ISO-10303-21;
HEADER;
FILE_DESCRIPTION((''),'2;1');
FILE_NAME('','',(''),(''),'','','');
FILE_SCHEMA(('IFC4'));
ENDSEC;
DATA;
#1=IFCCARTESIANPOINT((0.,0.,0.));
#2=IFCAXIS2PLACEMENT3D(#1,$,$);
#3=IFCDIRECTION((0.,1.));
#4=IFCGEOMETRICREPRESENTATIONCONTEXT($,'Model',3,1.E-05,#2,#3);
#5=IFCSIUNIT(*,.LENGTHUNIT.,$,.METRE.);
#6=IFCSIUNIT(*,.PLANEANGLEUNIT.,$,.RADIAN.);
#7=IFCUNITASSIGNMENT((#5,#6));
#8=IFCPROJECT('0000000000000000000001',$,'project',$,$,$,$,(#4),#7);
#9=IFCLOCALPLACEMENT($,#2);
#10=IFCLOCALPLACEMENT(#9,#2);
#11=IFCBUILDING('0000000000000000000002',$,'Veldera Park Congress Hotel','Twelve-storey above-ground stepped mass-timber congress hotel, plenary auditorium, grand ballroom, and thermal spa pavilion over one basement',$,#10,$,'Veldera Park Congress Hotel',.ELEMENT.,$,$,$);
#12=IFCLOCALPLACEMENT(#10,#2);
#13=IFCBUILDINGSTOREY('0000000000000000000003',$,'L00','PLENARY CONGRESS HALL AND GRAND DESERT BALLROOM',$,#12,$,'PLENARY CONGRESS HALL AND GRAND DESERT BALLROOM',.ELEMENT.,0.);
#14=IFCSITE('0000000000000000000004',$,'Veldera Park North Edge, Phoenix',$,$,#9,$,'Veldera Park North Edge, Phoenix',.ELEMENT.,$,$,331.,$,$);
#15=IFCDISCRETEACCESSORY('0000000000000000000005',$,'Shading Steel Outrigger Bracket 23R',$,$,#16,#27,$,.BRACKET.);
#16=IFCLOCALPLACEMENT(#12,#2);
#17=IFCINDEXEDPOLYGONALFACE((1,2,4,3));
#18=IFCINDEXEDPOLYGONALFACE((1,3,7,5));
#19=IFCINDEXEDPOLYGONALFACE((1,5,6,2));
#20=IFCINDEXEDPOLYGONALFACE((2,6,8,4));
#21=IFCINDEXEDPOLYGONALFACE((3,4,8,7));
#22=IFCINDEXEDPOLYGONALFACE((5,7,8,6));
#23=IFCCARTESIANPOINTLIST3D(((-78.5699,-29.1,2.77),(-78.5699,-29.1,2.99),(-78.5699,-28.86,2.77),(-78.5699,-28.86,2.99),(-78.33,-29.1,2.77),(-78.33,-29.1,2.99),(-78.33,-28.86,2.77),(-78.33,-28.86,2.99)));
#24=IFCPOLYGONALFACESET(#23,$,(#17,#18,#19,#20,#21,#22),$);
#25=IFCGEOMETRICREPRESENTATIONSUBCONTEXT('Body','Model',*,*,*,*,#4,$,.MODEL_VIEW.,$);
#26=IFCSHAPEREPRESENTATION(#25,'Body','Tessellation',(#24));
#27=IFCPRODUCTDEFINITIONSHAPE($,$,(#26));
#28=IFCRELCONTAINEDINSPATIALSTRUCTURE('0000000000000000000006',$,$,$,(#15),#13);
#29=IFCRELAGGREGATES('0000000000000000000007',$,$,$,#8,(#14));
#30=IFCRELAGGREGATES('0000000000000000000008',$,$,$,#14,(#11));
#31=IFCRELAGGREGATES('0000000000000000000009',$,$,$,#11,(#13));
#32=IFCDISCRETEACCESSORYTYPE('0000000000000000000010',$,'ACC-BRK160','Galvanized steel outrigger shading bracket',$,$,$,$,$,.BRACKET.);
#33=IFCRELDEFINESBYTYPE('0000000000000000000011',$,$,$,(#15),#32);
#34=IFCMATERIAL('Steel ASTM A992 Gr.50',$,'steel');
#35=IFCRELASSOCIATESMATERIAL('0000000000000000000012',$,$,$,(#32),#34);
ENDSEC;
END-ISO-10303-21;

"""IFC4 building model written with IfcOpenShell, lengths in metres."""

from ifc_helpers import new_model, si_unit, direction, frame, origin, origin_2d, place, context, subcontext, project, spatial, rectangle, extrude, material, type_object, element, save


model = new_model("IFC4")

# Units and contexts
model_context = context("Model", 3, precision=1e-05, world=origin(), true_north=direction((0.0, 1.0)))
body_context = subcontext(model_context, "Body", "Model", "MODEL_VIEW")
ifc_project = project(units=[si_unit("LENGTHUNIT", "METRE"), si_unit("PLANEANGLEUNIT", "RADIAN")], contexts=[model_context])

# Site, building, storey
site_placement = place(None, origin())
site = spatial("IfcSite", under=ifc_project, at=site_placement, Name="Veldera Park North Edge, Phoenix", LongName="Veldera Park North Edge, Phoenix", CompositionType="ELEMENT", RefElevation=331.0)
building_placement = place(site_placement, origin())
building = spatial("IfcBuilding", under=site, at=building_placement, Name="Veldera Park Congress Hotel", Description="Twelve-storey above-ground stepped mass-timber congress hotel, plenary auditorium, grand ballroom, and thermal spa pavilion over one basement", LongName="Veldera Park Congress Hotel", CompositionType="ELEMENT")
storey_placement = place(building_placement, origin())
storey = spatial("IfcBuildingStorey", under=building, at=storey_placement, Name="L00", Description="PLENARY CONGRESS HALL AND GRAND DESERT BALLROOM", LongName="PLENARY CONGRESS HALL AND GRAND DESERT BALLROOM", CompositionType="ELEMENT", Elevation=0.0)

# Shared definitions
ifc_material_1 = material(Name="Steel ASTM A992 Gr.50", Category="steel")

# Discrete accessory
discrete_accessory_type = type_object("IfcDiscreteAccessoryType", Name="ACC-BRK160", Description="Galvanized steel outrigger shading bracket", PredefinedType="BRACKET", material=ifc_material_1)
for number, where, z_axis, x_axis, name in (
    (1, (-78.45, -28.98, 2.77), (0.0, 0.0, 1.0), (0.0, -1.0, 0.0), "Shading Steel Outrigger Bracket 23R"),
):
    element("IfcDiscreteAccessory", number, at=place(storey_placement, frame(where, z_axis=z_axis, x_axis=x_axis)), inside=storey, type_object=discrete_accessory_type, Name=name, PredefinedType="BRACKET", context=body_context, shape_type="SweptSolid", body=[
        extrude(rectangle(XDim=0.24, YDim=0.24, at=origin_2d()), origin(), (0.0, 0.0, 1.0), 0.22),
    ])

save(model, "model.ifc")
